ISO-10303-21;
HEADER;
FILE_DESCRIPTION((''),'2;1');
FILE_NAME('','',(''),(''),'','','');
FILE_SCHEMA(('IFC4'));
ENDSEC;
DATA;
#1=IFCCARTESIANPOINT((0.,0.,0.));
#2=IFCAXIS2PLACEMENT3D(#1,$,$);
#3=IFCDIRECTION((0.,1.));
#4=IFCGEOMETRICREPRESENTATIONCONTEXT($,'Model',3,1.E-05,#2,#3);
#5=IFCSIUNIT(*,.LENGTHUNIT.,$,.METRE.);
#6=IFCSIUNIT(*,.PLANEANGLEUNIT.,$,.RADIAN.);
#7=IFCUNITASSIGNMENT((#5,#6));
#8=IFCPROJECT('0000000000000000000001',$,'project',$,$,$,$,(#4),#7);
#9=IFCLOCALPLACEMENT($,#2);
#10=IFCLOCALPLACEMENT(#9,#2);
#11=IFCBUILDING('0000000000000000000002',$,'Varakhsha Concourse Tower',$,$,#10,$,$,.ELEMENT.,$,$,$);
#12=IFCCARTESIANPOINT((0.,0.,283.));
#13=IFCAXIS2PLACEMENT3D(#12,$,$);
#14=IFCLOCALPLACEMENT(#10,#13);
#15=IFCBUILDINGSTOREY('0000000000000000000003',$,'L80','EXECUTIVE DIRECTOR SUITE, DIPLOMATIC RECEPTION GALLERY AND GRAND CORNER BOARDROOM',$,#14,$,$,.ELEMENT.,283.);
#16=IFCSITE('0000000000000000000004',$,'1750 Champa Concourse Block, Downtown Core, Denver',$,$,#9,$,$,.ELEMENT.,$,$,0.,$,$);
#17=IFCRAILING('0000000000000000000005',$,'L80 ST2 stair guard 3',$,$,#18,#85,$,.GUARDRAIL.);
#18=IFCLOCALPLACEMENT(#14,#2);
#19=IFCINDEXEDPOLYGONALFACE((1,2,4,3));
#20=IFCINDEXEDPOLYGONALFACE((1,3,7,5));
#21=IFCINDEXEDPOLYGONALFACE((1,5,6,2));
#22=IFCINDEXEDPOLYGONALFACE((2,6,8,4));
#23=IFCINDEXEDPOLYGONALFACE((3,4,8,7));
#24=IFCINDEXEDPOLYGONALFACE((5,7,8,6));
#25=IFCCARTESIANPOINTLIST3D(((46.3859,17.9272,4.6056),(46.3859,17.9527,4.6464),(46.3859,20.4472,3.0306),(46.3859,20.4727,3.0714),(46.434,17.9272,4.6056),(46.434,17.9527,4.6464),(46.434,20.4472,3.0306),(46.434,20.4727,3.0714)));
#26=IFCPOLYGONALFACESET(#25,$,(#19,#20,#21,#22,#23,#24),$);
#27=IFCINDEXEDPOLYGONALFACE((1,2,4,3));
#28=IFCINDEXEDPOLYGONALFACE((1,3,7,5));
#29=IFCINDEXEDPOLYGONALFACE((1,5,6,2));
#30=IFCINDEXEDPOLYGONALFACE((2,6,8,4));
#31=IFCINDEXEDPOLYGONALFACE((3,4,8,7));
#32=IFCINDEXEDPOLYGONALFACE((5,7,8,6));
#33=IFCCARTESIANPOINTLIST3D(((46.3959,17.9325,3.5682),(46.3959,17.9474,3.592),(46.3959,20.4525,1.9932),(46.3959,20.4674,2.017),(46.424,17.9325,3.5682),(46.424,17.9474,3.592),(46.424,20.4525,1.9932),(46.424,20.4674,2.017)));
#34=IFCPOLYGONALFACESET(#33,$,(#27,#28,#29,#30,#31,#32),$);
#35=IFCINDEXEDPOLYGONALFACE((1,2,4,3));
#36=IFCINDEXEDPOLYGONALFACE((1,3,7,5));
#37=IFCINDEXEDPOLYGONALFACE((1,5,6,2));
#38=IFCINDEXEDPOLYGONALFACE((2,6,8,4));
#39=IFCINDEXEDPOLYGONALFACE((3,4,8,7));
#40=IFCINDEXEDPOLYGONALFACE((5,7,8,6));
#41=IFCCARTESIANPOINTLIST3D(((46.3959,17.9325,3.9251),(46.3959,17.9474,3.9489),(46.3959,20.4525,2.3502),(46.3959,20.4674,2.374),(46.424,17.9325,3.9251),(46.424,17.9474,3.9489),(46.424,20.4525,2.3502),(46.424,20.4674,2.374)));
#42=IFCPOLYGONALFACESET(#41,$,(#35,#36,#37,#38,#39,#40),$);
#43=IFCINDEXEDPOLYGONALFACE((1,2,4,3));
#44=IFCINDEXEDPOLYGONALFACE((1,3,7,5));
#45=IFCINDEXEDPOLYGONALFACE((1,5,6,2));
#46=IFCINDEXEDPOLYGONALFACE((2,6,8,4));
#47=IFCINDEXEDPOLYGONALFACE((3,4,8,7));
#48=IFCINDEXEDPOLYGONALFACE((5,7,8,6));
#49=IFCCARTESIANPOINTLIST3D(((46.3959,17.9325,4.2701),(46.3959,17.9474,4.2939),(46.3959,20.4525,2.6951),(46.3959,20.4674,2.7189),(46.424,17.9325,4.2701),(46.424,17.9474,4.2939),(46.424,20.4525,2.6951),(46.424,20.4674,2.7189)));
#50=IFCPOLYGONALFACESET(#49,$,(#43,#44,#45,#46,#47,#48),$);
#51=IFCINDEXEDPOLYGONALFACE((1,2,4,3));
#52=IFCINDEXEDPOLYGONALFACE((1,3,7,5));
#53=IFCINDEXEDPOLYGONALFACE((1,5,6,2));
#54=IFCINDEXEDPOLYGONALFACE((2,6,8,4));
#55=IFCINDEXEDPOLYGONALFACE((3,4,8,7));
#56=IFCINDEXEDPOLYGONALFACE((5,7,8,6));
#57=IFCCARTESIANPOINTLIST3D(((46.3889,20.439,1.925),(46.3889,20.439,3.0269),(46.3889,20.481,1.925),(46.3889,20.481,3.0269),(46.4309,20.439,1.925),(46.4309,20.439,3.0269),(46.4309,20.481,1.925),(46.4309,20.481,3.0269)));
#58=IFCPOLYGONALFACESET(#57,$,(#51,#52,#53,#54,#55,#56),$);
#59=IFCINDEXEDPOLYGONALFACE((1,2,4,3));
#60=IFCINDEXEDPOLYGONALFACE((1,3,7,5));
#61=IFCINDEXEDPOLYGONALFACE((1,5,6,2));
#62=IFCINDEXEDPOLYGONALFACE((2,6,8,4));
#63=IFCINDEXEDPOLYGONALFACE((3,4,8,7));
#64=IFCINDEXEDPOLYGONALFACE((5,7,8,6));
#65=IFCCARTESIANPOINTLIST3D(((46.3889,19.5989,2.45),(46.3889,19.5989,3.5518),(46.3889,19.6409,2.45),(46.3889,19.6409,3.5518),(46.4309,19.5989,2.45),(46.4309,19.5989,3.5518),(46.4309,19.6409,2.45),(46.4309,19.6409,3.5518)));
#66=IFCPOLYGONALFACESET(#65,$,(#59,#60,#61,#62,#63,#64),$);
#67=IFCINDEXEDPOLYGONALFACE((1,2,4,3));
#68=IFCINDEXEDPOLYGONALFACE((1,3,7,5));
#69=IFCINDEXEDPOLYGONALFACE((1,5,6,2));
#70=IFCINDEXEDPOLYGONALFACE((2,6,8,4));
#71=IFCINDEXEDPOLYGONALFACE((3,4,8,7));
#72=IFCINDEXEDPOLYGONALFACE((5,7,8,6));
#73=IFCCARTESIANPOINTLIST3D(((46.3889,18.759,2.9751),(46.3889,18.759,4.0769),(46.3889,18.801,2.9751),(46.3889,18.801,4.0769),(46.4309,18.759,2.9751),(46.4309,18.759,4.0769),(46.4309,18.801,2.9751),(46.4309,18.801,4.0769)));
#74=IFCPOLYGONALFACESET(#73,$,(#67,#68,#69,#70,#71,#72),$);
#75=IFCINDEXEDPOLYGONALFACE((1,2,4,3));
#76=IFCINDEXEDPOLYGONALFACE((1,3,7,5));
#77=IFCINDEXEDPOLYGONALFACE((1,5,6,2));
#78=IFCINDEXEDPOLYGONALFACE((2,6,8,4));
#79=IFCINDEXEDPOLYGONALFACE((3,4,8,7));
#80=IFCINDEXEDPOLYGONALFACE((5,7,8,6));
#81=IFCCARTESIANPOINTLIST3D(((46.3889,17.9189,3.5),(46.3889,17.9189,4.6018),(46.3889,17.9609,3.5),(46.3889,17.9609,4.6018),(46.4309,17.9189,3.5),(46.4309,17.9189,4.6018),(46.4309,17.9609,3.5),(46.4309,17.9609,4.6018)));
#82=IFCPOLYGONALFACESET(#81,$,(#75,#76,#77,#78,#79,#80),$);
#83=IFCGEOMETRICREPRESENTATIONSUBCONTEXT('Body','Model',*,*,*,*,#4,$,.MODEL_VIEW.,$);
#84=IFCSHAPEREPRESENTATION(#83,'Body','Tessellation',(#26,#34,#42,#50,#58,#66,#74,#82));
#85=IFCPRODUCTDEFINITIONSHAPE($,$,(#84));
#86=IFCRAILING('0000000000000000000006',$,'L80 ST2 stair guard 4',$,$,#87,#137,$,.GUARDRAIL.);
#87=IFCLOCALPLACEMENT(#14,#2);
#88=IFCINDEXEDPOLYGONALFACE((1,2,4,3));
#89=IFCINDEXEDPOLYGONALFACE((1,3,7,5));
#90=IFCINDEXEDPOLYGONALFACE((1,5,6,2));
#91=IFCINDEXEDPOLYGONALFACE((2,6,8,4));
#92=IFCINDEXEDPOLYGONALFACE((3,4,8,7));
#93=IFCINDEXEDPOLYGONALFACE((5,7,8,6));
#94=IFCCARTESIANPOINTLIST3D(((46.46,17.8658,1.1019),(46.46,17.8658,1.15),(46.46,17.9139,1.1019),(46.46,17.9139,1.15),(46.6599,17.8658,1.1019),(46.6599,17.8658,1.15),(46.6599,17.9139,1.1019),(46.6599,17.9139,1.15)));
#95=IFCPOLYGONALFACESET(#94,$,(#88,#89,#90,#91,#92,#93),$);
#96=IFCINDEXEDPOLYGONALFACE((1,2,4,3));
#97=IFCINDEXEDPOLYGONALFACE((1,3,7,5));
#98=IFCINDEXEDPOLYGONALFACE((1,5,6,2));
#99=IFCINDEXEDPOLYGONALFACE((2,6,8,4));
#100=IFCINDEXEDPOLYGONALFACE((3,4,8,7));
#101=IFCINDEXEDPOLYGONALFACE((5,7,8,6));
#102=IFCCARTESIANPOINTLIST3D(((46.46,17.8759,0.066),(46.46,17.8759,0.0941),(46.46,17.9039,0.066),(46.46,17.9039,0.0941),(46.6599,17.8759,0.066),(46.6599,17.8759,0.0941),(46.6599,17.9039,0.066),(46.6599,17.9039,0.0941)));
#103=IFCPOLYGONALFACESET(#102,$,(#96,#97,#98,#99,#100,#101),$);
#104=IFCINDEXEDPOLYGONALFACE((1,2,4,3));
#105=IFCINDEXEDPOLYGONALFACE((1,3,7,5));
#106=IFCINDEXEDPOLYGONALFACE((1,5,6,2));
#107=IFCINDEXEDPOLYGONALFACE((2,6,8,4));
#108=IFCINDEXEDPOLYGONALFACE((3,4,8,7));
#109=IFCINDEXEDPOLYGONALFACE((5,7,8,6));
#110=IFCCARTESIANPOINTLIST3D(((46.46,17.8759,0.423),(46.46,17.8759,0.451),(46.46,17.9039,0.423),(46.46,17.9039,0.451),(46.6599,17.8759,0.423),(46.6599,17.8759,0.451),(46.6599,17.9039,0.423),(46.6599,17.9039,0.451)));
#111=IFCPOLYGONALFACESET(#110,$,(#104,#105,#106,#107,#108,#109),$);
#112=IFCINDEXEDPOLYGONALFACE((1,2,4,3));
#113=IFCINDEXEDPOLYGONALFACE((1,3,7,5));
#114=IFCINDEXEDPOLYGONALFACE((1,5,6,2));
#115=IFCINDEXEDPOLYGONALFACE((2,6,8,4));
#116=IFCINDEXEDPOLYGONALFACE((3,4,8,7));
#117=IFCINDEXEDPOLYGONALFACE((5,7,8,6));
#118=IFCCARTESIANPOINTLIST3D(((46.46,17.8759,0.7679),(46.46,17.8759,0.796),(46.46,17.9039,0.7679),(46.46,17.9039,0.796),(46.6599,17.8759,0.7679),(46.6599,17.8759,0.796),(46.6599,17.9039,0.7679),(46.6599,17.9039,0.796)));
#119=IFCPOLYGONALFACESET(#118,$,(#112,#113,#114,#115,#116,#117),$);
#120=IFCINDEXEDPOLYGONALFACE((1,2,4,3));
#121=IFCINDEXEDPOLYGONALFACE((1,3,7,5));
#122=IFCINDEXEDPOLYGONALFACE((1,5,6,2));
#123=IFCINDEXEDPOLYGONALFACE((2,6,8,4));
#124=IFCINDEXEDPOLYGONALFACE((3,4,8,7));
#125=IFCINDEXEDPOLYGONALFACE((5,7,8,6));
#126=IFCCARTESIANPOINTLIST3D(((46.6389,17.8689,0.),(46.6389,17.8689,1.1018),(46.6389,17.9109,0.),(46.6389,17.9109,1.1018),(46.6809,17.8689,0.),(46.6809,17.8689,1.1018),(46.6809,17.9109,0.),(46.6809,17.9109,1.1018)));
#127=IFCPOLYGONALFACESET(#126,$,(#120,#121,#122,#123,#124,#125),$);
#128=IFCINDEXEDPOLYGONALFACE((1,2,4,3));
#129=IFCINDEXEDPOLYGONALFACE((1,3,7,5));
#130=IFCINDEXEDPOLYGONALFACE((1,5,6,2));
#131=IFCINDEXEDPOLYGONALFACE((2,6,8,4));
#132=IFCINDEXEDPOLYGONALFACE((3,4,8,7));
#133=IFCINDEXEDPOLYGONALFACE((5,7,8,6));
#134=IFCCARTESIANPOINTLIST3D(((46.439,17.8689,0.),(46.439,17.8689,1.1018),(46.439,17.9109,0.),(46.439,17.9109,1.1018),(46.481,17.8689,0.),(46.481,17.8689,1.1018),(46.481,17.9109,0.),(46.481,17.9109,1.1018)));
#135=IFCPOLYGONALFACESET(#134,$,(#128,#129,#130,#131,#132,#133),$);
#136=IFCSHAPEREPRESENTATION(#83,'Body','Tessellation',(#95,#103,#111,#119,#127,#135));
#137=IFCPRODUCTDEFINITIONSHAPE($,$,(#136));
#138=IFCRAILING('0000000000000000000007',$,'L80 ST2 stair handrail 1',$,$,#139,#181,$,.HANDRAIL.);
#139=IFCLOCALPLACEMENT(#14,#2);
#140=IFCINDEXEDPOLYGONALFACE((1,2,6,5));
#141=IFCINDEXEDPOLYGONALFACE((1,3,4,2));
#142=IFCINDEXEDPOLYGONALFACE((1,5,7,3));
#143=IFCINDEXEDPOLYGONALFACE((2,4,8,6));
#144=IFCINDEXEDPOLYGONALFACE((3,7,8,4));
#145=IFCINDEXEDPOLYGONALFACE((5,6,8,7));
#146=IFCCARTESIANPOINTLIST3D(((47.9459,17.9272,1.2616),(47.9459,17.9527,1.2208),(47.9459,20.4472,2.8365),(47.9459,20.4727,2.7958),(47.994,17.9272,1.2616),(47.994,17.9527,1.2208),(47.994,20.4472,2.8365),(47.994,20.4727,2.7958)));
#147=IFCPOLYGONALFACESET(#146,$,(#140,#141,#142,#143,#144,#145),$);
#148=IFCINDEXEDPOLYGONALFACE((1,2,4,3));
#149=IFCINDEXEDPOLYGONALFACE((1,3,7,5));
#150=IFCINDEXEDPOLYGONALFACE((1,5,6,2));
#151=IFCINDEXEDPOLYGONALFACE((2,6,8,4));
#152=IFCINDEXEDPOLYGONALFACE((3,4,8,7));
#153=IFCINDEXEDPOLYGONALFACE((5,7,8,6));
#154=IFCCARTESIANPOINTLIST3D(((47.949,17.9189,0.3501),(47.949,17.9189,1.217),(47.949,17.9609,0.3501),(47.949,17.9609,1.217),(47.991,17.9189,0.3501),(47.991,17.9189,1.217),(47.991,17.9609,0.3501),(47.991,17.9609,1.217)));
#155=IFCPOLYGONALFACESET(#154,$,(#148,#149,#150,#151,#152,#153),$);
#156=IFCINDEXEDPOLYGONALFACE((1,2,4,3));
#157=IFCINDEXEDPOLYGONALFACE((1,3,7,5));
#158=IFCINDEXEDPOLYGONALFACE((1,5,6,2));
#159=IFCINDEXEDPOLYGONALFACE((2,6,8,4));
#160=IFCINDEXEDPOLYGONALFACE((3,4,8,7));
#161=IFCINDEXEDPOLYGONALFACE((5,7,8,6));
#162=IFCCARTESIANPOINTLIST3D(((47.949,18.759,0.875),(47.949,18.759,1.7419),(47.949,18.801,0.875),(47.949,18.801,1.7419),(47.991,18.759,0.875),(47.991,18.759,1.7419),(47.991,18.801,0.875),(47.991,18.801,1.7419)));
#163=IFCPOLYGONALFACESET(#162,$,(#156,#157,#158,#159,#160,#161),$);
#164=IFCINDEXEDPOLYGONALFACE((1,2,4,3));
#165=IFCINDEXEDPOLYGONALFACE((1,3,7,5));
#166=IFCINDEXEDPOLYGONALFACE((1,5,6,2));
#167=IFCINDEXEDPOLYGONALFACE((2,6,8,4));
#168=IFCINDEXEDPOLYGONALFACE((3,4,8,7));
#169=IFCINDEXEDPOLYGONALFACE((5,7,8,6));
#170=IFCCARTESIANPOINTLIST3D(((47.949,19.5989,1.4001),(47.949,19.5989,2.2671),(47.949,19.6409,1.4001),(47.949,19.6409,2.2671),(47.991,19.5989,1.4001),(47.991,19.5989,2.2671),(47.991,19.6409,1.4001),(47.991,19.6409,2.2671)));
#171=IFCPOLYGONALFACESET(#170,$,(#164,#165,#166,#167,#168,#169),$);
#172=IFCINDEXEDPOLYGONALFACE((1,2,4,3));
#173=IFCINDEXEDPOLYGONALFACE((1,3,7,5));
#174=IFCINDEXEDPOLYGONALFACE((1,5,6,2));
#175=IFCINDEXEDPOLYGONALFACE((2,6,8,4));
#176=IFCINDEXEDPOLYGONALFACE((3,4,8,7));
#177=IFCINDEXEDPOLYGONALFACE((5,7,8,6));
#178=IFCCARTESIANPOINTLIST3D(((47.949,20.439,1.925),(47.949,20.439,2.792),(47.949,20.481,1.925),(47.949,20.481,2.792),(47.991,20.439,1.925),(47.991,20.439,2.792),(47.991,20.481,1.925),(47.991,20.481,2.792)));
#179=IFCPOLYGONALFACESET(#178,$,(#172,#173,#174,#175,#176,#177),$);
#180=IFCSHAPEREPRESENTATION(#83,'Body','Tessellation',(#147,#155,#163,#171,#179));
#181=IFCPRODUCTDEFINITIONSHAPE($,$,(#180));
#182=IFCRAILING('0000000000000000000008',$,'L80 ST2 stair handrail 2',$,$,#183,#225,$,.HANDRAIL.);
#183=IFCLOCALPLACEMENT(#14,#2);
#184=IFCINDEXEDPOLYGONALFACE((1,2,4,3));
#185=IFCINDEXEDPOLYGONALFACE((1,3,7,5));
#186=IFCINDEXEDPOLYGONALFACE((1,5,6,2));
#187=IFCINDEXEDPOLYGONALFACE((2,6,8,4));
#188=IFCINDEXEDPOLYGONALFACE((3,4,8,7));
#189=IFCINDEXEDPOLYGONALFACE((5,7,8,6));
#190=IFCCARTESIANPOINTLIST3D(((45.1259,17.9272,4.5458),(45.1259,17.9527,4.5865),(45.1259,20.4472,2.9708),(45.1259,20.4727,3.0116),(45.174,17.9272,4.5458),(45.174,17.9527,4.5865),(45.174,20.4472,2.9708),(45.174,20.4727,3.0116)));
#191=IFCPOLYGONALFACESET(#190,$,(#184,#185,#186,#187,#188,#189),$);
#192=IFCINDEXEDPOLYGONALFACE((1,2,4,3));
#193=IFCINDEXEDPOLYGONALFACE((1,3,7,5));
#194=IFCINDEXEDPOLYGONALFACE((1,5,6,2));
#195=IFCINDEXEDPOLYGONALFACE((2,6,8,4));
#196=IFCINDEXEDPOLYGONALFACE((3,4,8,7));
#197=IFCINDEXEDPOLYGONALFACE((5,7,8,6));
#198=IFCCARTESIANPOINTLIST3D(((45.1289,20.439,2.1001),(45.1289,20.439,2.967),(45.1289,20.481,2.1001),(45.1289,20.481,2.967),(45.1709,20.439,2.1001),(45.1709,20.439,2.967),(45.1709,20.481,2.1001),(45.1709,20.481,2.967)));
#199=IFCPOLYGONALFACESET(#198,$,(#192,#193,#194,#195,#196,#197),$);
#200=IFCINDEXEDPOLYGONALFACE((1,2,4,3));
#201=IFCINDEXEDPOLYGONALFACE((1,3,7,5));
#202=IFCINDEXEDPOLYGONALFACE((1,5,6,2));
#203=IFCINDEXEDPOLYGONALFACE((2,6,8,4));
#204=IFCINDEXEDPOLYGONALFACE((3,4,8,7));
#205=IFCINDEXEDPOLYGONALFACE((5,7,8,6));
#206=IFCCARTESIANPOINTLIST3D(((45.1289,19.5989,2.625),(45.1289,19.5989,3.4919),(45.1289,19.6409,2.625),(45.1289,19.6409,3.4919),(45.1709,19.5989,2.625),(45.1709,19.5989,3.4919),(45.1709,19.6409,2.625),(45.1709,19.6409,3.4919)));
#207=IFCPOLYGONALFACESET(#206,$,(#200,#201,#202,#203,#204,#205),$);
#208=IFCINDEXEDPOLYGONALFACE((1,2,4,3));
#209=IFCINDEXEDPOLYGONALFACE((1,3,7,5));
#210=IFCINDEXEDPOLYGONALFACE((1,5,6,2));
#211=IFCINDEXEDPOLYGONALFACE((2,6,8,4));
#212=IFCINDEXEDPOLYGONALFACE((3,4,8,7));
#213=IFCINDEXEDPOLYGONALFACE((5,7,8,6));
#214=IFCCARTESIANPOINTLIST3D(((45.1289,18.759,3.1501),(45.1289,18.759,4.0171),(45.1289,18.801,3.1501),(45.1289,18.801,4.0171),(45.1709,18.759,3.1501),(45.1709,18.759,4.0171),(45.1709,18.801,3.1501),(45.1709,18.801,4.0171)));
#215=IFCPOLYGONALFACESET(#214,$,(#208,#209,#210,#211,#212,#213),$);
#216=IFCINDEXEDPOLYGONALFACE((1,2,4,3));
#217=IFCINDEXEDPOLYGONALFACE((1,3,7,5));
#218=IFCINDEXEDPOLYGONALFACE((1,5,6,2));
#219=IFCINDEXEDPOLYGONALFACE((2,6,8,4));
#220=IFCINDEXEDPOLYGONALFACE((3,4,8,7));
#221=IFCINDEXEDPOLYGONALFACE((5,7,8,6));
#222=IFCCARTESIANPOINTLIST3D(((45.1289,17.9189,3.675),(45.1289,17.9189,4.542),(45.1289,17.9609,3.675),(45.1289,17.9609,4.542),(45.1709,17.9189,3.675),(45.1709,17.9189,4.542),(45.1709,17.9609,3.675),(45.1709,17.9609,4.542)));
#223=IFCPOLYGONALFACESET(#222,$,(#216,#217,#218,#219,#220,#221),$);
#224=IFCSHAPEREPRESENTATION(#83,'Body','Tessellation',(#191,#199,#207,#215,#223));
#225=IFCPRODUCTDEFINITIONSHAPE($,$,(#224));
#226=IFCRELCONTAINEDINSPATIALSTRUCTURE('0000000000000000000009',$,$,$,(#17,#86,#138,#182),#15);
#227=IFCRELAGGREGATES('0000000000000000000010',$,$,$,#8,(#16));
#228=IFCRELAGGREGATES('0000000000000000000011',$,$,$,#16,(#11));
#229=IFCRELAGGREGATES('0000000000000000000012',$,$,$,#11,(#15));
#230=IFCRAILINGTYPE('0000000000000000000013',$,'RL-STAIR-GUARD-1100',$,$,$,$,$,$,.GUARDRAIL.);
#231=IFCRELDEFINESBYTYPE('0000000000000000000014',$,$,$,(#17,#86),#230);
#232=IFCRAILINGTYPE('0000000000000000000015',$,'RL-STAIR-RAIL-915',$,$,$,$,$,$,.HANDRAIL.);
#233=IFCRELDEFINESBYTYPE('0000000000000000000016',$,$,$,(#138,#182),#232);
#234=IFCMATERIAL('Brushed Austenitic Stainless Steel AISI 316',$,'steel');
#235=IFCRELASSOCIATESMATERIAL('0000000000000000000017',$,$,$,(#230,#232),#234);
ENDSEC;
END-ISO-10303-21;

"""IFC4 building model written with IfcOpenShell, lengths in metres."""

from ifc_helpers import new_model, si_unit, direction, frame, origin, origin_2d, place, context, subcontext, project, spatial, rectangle, extrude, material, type_object, element, save


model = new_model("IFC4")

# Units and contexts
model_context = context("Model", 3, precision=1e-05, world=origin(), true_north=direction((0.0, 1.0)))
body_context = subcontext(model_context, "Body", "Model", "MODEL_VIEW")
ifc_project = project(units=[si_unit("LENGTHUNIT", "METRE"), si_unit("PLANEANGLEUNIT", "RADIAN")], contexts=[model_context])

# Site, building, storey
site_placement = place(None, origin())
site = spatial("IfcSite", under=ifc_project, at=site_placement, Name="1750 Champa Concourse Block, Downtown Core, Denver", CompositionType="ELEMENT", RefElevation=0.0)
building_placement = place(site_placement, origin())
building = spatial("IfcBuilding", under=site, at=building_placement, Name="Varakhsha Concourse Tower", CompositionType="ELEMENT")
storey_placement = place(building_placement, frame((0.0, 0.0, 283.0)))
storey = spatial("IfcBuildingStorey", under=building, at=storey_placement, Name="L80", Description="EXECUTIVE DIRECTOR SUITE, DIPLOMATIC RECEPTION GALLERY AND GRAND CORNER BOARDROOM", CompositionType="ELEMENT", Elevation=283.0)

# Railings
ifc_material_1 = material(Name="Brushed Austenitic Stainless Steel AISI 316", Category="steel")
railing_type_1 = type_object("IfcRailingType", Name="RL-STAIR-GUARD-1100", PredefinedType="GUARDRAIL", material=ifc_material_1)
railing_1_placement = place(storey_placement, frame((46.4099, 20.46, 1.925)))
element("IfcRailing", 1, at=railing_1_placement, inside=storey, type_object=railing_type_1, Name="L80 ST2 stair guard 3", PredefinedType="GUARDRAIL", context=body_context, shape_type="SweptSolid", body=[
    extrude(rectangle(XDim=0.0481, YDim=0.0481, at=origin_2d()), frame((0.0, 0.0, 1.126), z_axis=(0.0, -0.848008, 0.529984), x_axis=(1.0, 0.0, 0.0)), (0.0, 0.0, 1.0), 2.9717),
    extrude(rectangle(XDim=0.0281, YDim=0.0281, at=origin_2d()), frame((0.0, 0.0, 0.0801), z_axis=(0.0, -0.848008, 0.529984), x_axis=(1.0, 0.0, 0.0)), (0.0, 0.0, 1.0), 2.9717),
    extrude(rectangle(XDim=0.0281, YDim=0.0281, at=origin_2d()), frame((0.0, 0.0, 0.437), z_axis=(0.0, -0.848008, 0.529984), x_axis=(1.0, 0.0, 0.0)), (0.0, 0.0, 1.0), 2.9717),
    extrude(rectangle(XDim=0.0281, YDim=0.0281, at=origin_2d()), frame((0.0, 0.0, 0.782), z_axis=(0.0, -0.848008, 0.529984), x_axis=(1.0, 0.0, 0.0)), (0.0, 0.0, 1.0), 2.9717),
    extrude(rectangle(XDim=0.042, YDim=0.042, at=origin_2d()), origin(), (0.0, 0.0, 1.0), 1.1018),
    extrude(rectangle(XDim=0.042, YDim=0.042, at=origin_2d()), frame((0.0, -0.8401, 0.5249)), (0.0, 0.0, 1.0), 1.1018),
    extrude(rectangle(XDim=0.042, YDim=0.042, at=origin_2d()), frame((0.0, -1.6799, 1.05)), (0.0, 0.0, 1.0), 1.1018),
    extrude(rectangle(XDim=0.042, YDim=0.042, at=origin_2d()), frame((0.0, -2.52, 1.575)), (0.0, 0.0, 1.0), 1.1018),
])
railing_2_placement = place(storey_placement, frame((46.6599, 17.8899, 0.0)))
element("IfcRailing", 2, at=railing_2_placement, inside=storey, type_object=railing_type_1, Name="L80 ST2 stair guard 4", PredefinedType="GUARDRAIL", context=body_context, shape_type="SweptSolid", body=[
    extrude(rectangle(XDim=0.0481, YDim=0.0481, at=origin_2d()), frame((0.0, 0.0, 1.126), z_axis=(-1.0, 0.0, 0.0), x_axis=(0.0, -1.0, 0.0)), (0.0, 0.0, 1.0), 0.2),
    extrude(rectangle(XDim=0.0281, YDim=0.0281, at=origin_2d()), frame((0.0, 0.0, 0.0801), z_axis=(-1.0, 0.0, 0.0), x_axis=(0.0, -1.0, 0.0)), (0.0, 0.0, 1.0), 0.2),
    extrude(rectangle(XDim=0.0281, YDim=0.0281, at=origin_2d()), frame((0.0, 0.0, 0.437), z_axis=(-1.0, 0.0, 0.0), x_axis=(0.0, -1.0, 0.0)), (0.0, 0.0, 1.0), 0.2),
    extrude(rectangle(XDim=0.0281, YDim=0.0281, at=origin_2d()), frame((0.0, 0.0, 0.782), z_axis=(-1.0, 0.0, 0.0), x_axis=(0.0, -1.0, 0.0)), (0.0, 0.0, 1.0), 0.2),
    extrude(rectangle(XDim=0.042, YDim=0.042, at=origin_2d()), origin(), (0.0, 0.0, 1.0), 1.1018),
    extrude(rectangle(XDim=0.042, YDim=0.042, at=origin_2d()), frame((-0.2, 0.0, 0.0)), (0.0, 0.0, 1.0), 1.1018),
])
railing_type_2 = type_object("IfcRailingType", Name="RL-STAIR-RAIL-915", PredefinedType="HANDRAIL", material=ifc_material_1)
railing_3_placement = place(storey_placement, frame((47.97, 17.9399, 0.3501)))
element("IfcRailing", 3, at=railing_3_placement, inside=storey, type_object=railing_type_2, Name="L80 ST2 stair handrail 1", PredefinedType="HANDRAIL", context=body_context, shape_type="SweptSolid", body=[
    extrude(rectangle(XDim=0.0481, YDim=0.0481, at=origin_2d()), frame((0.0, 0.0, 0.8911), z_axis=(0.0, 0.848008, 0.529984), x_axis=(-1.0, 0.0, 0.0)), (0.0, 0.0, 1.0), 2.9717),
    extrude(rectangle(XDim=0.042, YDim=0.042, at=origin_2d()), origin(), (0.0, 0.0, 1.0), 0.8669),
    extrude(rectangle(XDim=0.042, YDim=0.042, at=origin_2d()), frame((0.0, 0.8401, 0.5249)), (0.0, 0.0, 1.0), 0.8669),
    extrude(rectangle(XDim=0.042, YDim=0.042, at=origin_2d()), frame((0.0, 1.6799, 1.05)), (0.0, 0.0, 1.0), 0.8669),
    extrude(rectangle(XDim=0.042, YDim=0.042, at=origin_2d()), frame((0.0, 2.52, 1.575)), (0.0, 0.0, 1.0), 0.8669),
])
railing_4_placement = place(storey_placement, frame((45.1499, 20.46, 2.1001)))
element("IfcRailing", 4, at=railing_4_placement, inside=storey, type_object=railing_type_2, Name="L80 ST2 stair handrail 2", PredefinedType="HANDRAIL", context=body_context, shape_type="SweptSolid", body=[
    extrude(rectangle(XDim=0.0481, YDim=0.0481, at=origin_2d()), frame((0.0, 0.0, 0.8911), z_axis=(0.0, -0.848008, 0.529984), x_axis=(1.0, 0.0, 0.0)), (0.0, 0.0, 1.0), 2.9717),
    extrude(rectangle(XDim=0.042, YDim=0.042, at=origin_2d()), origin(), (0.0, 0.0, 1.0), 0.8669),
    extrude(rectangle(XDim=0.042, YDim=0.042, at=origin_2d()), frame((0.0, -0.8401, 0.5249)), (0.0, 0.0, 1.0), 0.8669),
    extrude(rectangle(XDim=0.042, YDim=0.042, at=origin_2d()), frame((0.0, -1.6799, 1.05)), (0.0, 0.0, 1.0), 0.8669),
    extrude(rectangle(XDim=0.042, YDim=0.042, at=origin_2d()), frame((0.0, -2.52, 1.575)), (0.0, 0.0, 1.0), 0.8669),
])

save(model, "model.ifc")
